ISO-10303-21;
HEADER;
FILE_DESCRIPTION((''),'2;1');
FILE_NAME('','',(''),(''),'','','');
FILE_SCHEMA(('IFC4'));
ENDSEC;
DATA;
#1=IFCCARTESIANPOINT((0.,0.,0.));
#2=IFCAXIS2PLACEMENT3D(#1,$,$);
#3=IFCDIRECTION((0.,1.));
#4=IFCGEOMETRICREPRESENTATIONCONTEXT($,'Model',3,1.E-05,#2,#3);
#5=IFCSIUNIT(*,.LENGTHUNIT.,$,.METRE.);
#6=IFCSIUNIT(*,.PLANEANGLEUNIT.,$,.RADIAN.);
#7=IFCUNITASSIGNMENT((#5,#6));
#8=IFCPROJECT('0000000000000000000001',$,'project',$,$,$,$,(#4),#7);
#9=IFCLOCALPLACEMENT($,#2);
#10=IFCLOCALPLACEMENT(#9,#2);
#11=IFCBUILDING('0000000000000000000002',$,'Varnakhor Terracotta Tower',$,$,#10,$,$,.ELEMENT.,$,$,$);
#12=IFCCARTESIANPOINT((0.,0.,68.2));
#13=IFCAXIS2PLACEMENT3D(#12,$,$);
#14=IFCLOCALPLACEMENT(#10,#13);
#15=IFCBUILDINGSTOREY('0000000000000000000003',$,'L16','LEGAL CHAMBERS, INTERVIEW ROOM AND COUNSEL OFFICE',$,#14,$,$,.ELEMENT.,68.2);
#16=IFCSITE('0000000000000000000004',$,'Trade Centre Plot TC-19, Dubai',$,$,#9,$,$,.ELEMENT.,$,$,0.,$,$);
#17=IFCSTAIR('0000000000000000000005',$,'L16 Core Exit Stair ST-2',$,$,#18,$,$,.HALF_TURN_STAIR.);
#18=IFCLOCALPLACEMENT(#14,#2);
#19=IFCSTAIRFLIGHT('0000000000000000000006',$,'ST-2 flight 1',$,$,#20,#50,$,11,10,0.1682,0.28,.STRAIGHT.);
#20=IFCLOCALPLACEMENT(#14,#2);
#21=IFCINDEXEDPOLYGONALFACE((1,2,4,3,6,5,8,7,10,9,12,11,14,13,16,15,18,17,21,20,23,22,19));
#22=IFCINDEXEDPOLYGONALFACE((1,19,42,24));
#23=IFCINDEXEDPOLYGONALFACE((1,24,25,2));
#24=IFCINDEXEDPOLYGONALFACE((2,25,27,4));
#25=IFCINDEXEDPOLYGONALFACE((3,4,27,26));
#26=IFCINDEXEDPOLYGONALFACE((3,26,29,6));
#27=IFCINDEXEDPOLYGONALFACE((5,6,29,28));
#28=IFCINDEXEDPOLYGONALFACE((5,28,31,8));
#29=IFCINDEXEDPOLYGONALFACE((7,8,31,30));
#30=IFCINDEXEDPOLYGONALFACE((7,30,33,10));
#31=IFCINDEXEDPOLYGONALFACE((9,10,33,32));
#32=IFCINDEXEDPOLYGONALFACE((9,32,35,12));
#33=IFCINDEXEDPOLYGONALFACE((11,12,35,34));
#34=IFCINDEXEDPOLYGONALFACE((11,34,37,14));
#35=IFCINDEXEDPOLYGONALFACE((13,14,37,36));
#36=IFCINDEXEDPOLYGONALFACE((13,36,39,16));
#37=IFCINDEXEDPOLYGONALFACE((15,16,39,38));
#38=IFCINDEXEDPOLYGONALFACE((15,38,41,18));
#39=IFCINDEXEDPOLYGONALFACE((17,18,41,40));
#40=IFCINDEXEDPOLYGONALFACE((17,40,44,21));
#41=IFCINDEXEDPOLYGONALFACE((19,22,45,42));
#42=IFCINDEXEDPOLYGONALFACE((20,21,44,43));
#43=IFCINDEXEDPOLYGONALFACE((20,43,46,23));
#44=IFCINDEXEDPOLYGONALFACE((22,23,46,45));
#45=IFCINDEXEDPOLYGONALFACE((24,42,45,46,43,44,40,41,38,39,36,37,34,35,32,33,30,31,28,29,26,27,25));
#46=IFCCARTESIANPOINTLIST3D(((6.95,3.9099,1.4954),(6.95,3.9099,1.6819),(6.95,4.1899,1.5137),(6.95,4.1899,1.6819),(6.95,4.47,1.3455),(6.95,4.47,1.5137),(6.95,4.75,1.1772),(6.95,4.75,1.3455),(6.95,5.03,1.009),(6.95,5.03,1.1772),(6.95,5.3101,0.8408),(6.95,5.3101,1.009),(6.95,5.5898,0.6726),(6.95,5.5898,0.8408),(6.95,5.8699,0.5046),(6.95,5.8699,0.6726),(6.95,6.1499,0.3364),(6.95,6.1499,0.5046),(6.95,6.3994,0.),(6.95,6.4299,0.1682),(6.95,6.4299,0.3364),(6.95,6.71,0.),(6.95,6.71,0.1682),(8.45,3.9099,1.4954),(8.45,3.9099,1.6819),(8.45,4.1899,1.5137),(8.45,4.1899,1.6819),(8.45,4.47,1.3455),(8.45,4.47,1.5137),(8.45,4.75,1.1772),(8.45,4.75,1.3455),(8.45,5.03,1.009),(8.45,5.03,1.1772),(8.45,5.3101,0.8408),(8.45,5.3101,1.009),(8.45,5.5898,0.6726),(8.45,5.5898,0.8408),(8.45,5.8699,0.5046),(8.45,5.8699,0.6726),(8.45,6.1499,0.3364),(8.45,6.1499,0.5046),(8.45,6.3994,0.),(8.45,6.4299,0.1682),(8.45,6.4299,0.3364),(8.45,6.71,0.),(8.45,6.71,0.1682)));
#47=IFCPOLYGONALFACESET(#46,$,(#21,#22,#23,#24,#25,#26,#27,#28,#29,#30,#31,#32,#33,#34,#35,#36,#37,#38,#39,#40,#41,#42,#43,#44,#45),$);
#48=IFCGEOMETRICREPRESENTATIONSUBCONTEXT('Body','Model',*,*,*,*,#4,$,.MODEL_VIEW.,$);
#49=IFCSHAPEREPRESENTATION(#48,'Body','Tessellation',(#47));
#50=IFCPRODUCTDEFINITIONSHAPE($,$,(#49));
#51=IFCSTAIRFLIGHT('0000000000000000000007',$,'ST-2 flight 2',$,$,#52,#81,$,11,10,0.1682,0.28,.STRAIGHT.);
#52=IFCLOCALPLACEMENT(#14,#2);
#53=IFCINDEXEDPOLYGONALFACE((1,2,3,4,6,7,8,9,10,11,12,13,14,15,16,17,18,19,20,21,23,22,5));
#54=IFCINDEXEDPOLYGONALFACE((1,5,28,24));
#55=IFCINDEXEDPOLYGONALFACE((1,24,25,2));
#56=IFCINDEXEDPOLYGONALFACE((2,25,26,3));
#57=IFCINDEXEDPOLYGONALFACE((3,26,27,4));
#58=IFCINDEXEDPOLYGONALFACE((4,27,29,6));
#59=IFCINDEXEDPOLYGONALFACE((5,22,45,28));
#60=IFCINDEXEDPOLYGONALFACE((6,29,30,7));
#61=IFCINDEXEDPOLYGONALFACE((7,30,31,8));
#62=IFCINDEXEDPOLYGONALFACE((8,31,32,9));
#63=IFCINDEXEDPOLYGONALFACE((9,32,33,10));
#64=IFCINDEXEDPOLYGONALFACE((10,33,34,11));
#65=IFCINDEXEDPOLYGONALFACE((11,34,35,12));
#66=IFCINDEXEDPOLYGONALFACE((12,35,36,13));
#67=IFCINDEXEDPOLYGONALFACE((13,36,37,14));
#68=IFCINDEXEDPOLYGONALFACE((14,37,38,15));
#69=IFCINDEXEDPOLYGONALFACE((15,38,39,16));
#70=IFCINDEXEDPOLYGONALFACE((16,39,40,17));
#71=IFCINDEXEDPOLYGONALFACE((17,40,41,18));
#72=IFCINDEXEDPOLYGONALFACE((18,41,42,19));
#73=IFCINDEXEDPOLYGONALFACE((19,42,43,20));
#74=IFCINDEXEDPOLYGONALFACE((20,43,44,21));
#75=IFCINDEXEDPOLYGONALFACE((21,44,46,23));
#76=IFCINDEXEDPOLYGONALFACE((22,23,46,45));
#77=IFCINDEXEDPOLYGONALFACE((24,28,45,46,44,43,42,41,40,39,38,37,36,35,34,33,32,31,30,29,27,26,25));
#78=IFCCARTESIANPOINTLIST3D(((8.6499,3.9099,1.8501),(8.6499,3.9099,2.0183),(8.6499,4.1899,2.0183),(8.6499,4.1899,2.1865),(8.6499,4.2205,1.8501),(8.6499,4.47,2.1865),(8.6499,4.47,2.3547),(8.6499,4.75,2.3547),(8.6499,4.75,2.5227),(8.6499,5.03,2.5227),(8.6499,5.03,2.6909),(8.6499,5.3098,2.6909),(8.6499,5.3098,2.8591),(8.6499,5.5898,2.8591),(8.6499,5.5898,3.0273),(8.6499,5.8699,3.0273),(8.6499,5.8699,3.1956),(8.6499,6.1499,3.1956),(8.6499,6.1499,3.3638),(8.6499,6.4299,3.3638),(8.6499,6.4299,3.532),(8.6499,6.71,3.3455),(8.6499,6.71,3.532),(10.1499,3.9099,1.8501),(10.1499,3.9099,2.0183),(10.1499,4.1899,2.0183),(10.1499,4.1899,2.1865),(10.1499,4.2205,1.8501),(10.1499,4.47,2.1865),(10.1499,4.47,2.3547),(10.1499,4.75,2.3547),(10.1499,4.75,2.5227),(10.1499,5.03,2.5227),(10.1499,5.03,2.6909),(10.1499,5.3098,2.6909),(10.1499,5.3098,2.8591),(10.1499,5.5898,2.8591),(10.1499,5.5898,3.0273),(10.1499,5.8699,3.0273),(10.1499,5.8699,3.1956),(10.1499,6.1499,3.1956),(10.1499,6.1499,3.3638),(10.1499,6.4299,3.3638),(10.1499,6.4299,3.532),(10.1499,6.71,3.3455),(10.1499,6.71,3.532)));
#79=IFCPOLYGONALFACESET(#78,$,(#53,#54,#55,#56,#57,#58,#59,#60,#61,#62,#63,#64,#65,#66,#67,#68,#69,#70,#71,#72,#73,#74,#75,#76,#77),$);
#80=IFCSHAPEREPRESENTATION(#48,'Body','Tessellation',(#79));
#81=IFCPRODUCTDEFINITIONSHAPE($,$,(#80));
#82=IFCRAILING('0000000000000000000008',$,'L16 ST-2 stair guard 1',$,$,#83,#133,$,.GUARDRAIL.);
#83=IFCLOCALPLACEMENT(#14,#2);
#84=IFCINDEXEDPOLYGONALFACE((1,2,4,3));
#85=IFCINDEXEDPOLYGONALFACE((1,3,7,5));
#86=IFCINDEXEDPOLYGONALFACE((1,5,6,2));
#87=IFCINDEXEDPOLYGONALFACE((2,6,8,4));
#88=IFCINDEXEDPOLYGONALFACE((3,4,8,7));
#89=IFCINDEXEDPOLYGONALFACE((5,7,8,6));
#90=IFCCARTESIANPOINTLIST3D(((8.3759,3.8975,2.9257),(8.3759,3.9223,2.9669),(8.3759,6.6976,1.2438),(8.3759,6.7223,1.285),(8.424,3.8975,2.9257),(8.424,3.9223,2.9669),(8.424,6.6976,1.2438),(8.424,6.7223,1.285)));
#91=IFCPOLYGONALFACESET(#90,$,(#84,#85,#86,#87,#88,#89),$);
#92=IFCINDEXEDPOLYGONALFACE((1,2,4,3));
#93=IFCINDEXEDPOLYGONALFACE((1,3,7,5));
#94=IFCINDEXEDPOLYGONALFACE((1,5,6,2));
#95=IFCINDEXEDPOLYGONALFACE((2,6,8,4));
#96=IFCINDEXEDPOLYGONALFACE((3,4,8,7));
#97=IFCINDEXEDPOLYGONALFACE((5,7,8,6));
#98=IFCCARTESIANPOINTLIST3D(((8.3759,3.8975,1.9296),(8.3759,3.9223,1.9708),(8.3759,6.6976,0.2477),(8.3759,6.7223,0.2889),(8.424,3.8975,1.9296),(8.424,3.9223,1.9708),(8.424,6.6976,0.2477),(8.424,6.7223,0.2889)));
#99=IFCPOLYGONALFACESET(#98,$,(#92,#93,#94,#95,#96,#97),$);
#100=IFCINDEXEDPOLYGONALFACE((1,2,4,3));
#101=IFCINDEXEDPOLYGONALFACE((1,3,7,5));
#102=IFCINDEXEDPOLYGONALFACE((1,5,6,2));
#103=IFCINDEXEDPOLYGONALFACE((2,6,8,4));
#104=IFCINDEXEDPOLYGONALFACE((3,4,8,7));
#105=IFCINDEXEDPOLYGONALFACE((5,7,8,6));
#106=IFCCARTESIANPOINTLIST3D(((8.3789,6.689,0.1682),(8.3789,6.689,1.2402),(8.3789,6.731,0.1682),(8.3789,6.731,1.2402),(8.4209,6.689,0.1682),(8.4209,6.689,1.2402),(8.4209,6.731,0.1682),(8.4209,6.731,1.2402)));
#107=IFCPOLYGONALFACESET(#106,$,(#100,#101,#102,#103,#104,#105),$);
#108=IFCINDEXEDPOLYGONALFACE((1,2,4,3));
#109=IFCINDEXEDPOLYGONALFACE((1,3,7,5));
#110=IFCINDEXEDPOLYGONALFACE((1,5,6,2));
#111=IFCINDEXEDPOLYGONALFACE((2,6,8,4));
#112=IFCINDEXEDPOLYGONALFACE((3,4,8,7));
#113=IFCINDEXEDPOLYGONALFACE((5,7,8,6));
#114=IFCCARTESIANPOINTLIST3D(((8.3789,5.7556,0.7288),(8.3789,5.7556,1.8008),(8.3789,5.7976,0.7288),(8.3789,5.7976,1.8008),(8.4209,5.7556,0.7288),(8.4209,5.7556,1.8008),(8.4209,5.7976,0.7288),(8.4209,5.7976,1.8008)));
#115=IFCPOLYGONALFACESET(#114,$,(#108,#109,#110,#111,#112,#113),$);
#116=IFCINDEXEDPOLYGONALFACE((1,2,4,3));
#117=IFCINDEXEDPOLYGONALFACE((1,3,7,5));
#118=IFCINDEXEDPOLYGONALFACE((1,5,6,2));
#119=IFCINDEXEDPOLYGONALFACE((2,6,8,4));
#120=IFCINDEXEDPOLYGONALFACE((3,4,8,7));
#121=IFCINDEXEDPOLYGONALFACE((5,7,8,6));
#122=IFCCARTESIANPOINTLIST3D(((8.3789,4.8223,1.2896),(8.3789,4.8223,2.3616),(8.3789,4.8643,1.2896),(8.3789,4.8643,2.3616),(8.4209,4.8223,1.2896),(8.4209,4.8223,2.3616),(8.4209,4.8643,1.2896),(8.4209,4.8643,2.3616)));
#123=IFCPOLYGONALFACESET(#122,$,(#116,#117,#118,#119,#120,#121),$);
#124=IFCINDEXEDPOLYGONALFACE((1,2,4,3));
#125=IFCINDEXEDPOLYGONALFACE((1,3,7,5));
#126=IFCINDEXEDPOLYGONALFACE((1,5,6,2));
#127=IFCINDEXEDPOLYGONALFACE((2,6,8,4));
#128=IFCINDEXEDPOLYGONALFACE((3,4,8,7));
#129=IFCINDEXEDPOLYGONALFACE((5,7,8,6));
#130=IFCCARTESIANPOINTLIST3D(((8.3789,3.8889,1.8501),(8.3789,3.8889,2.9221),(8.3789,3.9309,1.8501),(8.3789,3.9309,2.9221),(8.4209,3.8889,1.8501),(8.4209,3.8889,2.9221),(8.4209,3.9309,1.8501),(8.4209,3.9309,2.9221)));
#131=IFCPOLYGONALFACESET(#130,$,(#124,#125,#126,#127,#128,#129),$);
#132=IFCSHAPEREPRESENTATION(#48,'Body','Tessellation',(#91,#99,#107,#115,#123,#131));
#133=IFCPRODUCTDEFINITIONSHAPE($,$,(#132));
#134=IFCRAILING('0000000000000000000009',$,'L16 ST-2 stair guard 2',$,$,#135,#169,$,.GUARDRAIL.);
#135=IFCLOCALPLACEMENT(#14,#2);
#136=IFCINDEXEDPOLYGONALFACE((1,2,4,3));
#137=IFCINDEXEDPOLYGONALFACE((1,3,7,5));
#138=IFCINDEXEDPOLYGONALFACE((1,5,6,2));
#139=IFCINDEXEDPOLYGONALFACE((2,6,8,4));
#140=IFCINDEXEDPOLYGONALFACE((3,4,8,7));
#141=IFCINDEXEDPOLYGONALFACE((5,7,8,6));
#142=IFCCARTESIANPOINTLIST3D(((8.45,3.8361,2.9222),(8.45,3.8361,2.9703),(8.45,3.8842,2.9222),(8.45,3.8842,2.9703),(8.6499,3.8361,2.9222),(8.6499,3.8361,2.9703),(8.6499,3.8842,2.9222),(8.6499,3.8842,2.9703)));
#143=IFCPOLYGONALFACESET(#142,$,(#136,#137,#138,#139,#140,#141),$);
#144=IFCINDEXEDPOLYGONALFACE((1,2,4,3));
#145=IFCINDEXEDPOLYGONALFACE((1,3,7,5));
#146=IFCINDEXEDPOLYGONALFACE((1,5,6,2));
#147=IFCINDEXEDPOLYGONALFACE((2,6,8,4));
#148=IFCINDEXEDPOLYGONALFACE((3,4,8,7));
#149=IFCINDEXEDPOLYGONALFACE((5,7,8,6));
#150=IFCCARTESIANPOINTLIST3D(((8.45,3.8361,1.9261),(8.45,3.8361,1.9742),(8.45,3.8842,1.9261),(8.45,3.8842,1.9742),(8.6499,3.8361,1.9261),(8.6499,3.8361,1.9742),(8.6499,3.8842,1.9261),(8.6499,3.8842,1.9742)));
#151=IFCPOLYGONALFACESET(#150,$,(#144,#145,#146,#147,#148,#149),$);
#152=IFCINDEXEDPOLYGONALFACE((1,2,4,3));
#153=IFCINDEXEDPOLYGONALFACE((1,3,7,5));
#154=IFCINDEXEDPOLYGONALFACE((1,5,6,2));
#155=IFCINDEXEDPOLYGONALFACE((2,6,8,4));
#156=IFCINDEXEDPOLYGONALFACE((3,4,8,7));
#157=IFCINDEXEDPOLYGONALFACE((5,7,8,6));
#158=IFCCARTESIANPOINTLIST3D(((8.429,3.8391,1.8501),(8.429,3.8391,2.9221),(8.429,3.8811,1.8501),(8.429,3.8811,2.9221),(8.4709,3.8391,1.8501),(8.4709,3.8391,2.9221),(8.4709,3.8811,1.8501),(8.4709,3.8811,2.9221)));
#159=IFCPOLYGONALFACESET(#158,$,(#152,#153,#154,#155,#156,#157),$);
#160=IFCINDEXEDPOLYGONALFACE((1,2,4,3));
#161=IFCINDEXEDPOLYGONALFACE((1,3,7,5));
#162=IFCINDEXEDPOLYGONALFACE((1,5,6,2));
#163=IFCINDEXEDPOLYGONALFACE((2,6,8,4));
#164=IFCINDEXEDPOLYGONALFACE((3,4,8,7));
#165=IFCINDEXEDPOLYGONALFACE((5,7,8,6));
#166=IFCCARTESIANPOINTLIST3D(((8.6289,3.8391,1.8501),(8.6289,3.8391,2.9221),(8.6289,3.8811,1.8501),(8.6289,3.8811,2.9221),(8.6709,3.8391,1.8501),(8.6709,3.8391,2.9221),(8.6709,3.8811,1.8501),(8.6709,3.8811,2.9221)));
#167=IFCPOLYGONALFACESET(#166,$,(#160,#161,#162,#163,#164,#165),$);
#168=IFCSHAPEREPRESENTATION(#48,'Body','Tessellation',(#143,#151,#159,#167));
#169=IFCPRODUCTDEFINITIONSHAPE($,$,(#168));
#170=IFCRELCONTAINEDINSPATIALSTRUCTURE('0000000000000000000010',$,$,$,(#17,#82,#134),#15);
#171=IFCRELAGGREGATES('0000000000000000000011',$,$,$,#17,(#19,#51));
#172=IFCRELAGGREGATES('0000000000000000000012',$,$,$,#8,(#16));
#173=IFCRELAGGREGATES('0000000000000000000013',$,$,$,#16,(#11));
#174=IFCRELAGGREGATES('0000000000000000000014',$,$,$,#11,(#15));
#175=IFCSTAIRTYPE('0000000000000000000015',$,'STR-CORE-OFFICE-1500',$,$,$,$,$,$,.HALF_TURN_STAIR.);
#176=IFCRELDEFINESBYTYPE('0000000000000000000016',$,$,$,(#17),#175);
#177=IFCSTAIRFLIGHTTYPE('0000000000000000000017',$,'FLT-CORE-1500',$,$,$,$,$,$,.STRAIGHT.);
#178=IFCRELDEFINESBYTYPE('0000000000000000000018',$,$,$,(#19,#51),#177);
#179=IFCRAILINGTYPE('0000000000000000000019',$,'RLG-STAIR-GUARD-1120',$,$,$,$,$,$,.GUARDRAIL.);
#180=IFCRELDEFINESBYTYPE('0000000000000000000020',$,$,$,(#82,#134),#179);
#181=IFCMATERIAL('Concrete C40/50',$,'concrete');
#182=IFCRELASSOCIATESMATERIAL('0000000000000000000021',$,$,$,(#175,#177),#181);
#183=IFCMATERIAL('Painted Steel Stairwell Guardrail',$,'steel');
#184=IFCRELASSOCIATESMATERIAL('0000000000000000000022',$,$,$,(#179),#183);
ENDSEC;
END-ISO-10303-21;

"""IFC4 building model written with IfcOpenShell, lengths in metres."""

from ifc_helpers import new_model, si_unit, direction, frame, origin, origin_2d, place, context, subcontext, project, spatial, polyline, rectangle, outline, extrude, material, type_object, element, aggregate, save


model = new_model("IFC4")

# Units and contexts
model_context = context("Model", 3, precision=1e-05, world=origin(), true_north=direction((0.0, 1.0)))
body_context = subcontext(model_context, "Body", "Model", "MODEL_VIEW")
ifc_project = project(units=[si_unit("LENGTHUNIT", "METRE"), si_unit("PLANEANGLEUNIT", "RADIAN")], contexts=[model_context])

# Site, building, storey
site_placement = place(None, origin())
site = spatial("IfcSite", under=ifc_project, at=site_placement, Name="Trade Centre Plot TC-19, Dubai", CompositionType="ELEMENT", RefElevation=0.0)
building_placement = place(site_placement, origin())
building = spatial("IfcBuilding", under=site, at=building_placement, Name="Varnakhor Terracotta Tower", CompositionType="ELEMENT")
storey_placement = place(building_placement, frame((0.0, 0.0, 68.2)))
storey = spatial("IfcBuildingStorey", under=building, at=storey_placement, Name="L16", Description="LEGAL CHAMBERS, INTERVIEW ROOM AND COUNSEL OFFICE", CompositionType="ELEMENT", Elevation=68.2)

# Shared definitions
ifc_material_1 = material(Name="Concrete C40/50", Category="concrete")

# Stair, stair flights
stair_type = type_object("IfcStairType", Name="STR-CORE-OFFICE-1500", PredefinedType="HALF_TURN_STAIR", material=ifc_material_1)
stair_placement = place(storey_placement, origin())
stair = element("IfcStair", 1, at=stair_placement, inside=storey, type_object=stair_type, Name="L16 Core Exit Stair ST-2", PredefinedType="HALF_TURN_STAIR")
stair_flight_type = type_object("IfcStairFlightType", Name="FLT-CORE-1500", PredefinedType="STRAIGHT", material=ifc_material_1)
stair_flight_1_placement = place(storey_placement, frame((7.7, 6.71, 0.0), z_axis=(0.0, 0.0, 1.0), x_axis=(0.0, -1.0, 0.0)))
stair_flight_1 = element("IfcStairFlight", 2, at=stair_flight_1_placement, type_object=stair_flight_type, Name="ST-2 flight 1", NumberOfRisers=11, NumberOfTreads=10, PredefinedType="STRAIGHT", RiserHeight=0.1682, TreadLength=0.28, context=body_context, shape_type="SweptSolid", body=[
    extrude(outline(polyline([(0.0, 0.0), (0.0, 0.1682), (0.28, 0.1682), (0.28, 0.3364), (0.5601, 0.3364), (0.5601, 0.5046), (0.8401, 0.5046), (0.8401, 0.6726), (1.1201, 0.6726), (1.1201, 0.8408), (1.3999, 0.8408), (1.3999, 1.009), (1.6799, 1.009), (1.6799, 1.1772), (1.96, 1.1772), (1.96, 1.3455), (2.24, 1.3455), (2.24, 1.5137), (2.52, 1.5137), (2.52, 1.6819), (2.8, 1.6819), (2.8, 1.8501), (2.8, 1.4954), (0.3105, 0.0), (0.0, 0.0)])), frame((0.0, 0.75, 0.0), z_axis=(0.0, -1.0, 0.0), x_axis=(1.0, 0.0, 0.0)), (0.0, 0.0, 1.0), 1.5),
])
stair_flight_2_placement = place(storey_placement, frame((9.3999, 3.9099, 1.8501), z_axis=(0.0, 0.0, 1.0), x_axis=(0.0, 1.0, 0.0)))
stair_flight_2 = element("IfcStairFlight", 3, at=stair_flight_2_placement, type_object=stair_flight_type, Name="ST-2 flight 2", NumberOfRisers=11, NumberOfTreads=10, PredefinedType="STRAIGHT", RiserHeight=0.1682, TreadLength=0.28, context=body_context, shape_type="SweptSolid", body=[
    extrude(outline(polyline([(0.0, 0.0), (0.0, 0.1682), (0.28, 0.1682), (0.28, 0.3364), (0.5601, 0.3364), (0.5601, 0.5046), (0.8401, 0.5046), (0.8401, 0.6726), (1.1201, 0.6726), (1.1201, 0.8408), (1.3999, 0.8408), (1.3999, 1.009), (1.6799, 1.009), (1.6799, 1.1772), (1.96, 1.1772), (1.96, 1.3455), (2.24, 1.3455), (2.24, 1.5137), (2.52, 1.5137), (2.52, 1.6819), (2.8, 1.6819), (2.8, 1.8501), (2.8, 1.4954), (0.3105, 0.0), (0.0, 0.0)])), frame((0.0, 0.75, 0.0), z_axis=(0.0, -1.0, 0.0), x_axis=(1.0, 0.0, 0.0)), (0.0, 0.0, 1.0), 1.5),
])
aggregate(stair, [stair_flight_1, stair_flight_2])

# Railings
ifc_material_2 = material(Name="Painted Steel Stairwell Guardrail", Category="steel")
railing_type_1 = type_object("IfcRailingType", Name="RLG-STAIR-GUARD-1120", PredefinedType="GUARDRAIL", material=ifc_material_2)
railing_1_placement = place(storey_placement, frame((8.3999, 6.71, 0.1682)))
element("IfcRailing", 4, at=railing_1_placement, inside=storey, type_object=railing_type_1, Name="L16 ST-2 stair guard 1", PredefinedType="GUARDRAIL", context=body_context, shape_type="SweptSolid", body=[
    extrude(rectangle(XDim=0.0481, YDim=0.0481, at=origin_2d()), frame((0.0, 0.0, 1.0962), z_axis=(0.0, -0.857242, 0.514913), x_axis=(1.0, 0.0, 0.0)), (0.0, 0.0, 1.0), 3.2664),
    extrude(rectangle(XDim=0.0481, YDim=0.0481, at=origin_2d()), frame((0.0, 0.0, 0.1001), z_axis=(0.0, -0.857242, 0.514913), x_axis=(1.0, 0.0, 0.0)), (0.0, 0.0, 1.0), 3.2664),
    extrude(rectangle(XDim=0.042, YDim=0.042, at=origin_2d()), origin(), (0.0, 0.0, 1.0), 1.072),
    extrude(rectangle(XDim=0.042, YDim=0.042, at=origin_2d()), frame((0.0, -0.9333, 0.5605)), (0.0, 0.0, 1.0), 1.072),
    extrude(rectangle(XDim=0.042, YDim=0.042, at=origin_2d()), frame((0.0, -1.8667, 1.1213)), (0.0, 0.0, 1.0), 1.072),
    extrude(rectangle(XDim=0.042, YDim=0.042, at=origin_2d()), frame((0.0, -2.8, 1.6819)), (0.0, 0.0, 1.0), 1.072),
])
railing_2_placement = place(storey_placement, frame((8.45, 3.8601, 1.8501)))
element("IfcRailing", 5, at=railing_2_placement, inside=storey, type_object=railing_type_1, Name="L16 ST-2 stair guard 2", PredefinedType="GUARDRAIL", context=body_context, shape_type="SweptSolid", body=[
    extrude(rectangle(XDim=0.0481, YDim=0.0481, at=origin_2d()), frame((0.0, 0.0, 1.0962), z_axis=(1.0, 0.0, 0.0), x_axis=(0.0, 1.0, 0.0)), (0.0, 0.0, 1.0), 0.2),
    extrude(rectangle(XDim=0.0481, YDim=0.0481, at=origin_2d()), frame((0.0, 0.0, 0.1001), z_axis=(1.0, 0.0, 0.0), x_axis=(0.0, 1.0, 0.0)), (0.0, 0.0, 1.0), 0.2),
    extrude(rectangle(XDim=0.042, YDim=0.042, at=origin_2d()), origin(), (0.0, 0.0, 1.0), 1.072),
    extrude(rectangle(XDim=0.042, YDim=0.042, at=origin_2d()), frame((0.2, 0.0, 0.0)), (0.0, 0.0, 1.0), 1.072),
])

save(model, "model.ifc")
